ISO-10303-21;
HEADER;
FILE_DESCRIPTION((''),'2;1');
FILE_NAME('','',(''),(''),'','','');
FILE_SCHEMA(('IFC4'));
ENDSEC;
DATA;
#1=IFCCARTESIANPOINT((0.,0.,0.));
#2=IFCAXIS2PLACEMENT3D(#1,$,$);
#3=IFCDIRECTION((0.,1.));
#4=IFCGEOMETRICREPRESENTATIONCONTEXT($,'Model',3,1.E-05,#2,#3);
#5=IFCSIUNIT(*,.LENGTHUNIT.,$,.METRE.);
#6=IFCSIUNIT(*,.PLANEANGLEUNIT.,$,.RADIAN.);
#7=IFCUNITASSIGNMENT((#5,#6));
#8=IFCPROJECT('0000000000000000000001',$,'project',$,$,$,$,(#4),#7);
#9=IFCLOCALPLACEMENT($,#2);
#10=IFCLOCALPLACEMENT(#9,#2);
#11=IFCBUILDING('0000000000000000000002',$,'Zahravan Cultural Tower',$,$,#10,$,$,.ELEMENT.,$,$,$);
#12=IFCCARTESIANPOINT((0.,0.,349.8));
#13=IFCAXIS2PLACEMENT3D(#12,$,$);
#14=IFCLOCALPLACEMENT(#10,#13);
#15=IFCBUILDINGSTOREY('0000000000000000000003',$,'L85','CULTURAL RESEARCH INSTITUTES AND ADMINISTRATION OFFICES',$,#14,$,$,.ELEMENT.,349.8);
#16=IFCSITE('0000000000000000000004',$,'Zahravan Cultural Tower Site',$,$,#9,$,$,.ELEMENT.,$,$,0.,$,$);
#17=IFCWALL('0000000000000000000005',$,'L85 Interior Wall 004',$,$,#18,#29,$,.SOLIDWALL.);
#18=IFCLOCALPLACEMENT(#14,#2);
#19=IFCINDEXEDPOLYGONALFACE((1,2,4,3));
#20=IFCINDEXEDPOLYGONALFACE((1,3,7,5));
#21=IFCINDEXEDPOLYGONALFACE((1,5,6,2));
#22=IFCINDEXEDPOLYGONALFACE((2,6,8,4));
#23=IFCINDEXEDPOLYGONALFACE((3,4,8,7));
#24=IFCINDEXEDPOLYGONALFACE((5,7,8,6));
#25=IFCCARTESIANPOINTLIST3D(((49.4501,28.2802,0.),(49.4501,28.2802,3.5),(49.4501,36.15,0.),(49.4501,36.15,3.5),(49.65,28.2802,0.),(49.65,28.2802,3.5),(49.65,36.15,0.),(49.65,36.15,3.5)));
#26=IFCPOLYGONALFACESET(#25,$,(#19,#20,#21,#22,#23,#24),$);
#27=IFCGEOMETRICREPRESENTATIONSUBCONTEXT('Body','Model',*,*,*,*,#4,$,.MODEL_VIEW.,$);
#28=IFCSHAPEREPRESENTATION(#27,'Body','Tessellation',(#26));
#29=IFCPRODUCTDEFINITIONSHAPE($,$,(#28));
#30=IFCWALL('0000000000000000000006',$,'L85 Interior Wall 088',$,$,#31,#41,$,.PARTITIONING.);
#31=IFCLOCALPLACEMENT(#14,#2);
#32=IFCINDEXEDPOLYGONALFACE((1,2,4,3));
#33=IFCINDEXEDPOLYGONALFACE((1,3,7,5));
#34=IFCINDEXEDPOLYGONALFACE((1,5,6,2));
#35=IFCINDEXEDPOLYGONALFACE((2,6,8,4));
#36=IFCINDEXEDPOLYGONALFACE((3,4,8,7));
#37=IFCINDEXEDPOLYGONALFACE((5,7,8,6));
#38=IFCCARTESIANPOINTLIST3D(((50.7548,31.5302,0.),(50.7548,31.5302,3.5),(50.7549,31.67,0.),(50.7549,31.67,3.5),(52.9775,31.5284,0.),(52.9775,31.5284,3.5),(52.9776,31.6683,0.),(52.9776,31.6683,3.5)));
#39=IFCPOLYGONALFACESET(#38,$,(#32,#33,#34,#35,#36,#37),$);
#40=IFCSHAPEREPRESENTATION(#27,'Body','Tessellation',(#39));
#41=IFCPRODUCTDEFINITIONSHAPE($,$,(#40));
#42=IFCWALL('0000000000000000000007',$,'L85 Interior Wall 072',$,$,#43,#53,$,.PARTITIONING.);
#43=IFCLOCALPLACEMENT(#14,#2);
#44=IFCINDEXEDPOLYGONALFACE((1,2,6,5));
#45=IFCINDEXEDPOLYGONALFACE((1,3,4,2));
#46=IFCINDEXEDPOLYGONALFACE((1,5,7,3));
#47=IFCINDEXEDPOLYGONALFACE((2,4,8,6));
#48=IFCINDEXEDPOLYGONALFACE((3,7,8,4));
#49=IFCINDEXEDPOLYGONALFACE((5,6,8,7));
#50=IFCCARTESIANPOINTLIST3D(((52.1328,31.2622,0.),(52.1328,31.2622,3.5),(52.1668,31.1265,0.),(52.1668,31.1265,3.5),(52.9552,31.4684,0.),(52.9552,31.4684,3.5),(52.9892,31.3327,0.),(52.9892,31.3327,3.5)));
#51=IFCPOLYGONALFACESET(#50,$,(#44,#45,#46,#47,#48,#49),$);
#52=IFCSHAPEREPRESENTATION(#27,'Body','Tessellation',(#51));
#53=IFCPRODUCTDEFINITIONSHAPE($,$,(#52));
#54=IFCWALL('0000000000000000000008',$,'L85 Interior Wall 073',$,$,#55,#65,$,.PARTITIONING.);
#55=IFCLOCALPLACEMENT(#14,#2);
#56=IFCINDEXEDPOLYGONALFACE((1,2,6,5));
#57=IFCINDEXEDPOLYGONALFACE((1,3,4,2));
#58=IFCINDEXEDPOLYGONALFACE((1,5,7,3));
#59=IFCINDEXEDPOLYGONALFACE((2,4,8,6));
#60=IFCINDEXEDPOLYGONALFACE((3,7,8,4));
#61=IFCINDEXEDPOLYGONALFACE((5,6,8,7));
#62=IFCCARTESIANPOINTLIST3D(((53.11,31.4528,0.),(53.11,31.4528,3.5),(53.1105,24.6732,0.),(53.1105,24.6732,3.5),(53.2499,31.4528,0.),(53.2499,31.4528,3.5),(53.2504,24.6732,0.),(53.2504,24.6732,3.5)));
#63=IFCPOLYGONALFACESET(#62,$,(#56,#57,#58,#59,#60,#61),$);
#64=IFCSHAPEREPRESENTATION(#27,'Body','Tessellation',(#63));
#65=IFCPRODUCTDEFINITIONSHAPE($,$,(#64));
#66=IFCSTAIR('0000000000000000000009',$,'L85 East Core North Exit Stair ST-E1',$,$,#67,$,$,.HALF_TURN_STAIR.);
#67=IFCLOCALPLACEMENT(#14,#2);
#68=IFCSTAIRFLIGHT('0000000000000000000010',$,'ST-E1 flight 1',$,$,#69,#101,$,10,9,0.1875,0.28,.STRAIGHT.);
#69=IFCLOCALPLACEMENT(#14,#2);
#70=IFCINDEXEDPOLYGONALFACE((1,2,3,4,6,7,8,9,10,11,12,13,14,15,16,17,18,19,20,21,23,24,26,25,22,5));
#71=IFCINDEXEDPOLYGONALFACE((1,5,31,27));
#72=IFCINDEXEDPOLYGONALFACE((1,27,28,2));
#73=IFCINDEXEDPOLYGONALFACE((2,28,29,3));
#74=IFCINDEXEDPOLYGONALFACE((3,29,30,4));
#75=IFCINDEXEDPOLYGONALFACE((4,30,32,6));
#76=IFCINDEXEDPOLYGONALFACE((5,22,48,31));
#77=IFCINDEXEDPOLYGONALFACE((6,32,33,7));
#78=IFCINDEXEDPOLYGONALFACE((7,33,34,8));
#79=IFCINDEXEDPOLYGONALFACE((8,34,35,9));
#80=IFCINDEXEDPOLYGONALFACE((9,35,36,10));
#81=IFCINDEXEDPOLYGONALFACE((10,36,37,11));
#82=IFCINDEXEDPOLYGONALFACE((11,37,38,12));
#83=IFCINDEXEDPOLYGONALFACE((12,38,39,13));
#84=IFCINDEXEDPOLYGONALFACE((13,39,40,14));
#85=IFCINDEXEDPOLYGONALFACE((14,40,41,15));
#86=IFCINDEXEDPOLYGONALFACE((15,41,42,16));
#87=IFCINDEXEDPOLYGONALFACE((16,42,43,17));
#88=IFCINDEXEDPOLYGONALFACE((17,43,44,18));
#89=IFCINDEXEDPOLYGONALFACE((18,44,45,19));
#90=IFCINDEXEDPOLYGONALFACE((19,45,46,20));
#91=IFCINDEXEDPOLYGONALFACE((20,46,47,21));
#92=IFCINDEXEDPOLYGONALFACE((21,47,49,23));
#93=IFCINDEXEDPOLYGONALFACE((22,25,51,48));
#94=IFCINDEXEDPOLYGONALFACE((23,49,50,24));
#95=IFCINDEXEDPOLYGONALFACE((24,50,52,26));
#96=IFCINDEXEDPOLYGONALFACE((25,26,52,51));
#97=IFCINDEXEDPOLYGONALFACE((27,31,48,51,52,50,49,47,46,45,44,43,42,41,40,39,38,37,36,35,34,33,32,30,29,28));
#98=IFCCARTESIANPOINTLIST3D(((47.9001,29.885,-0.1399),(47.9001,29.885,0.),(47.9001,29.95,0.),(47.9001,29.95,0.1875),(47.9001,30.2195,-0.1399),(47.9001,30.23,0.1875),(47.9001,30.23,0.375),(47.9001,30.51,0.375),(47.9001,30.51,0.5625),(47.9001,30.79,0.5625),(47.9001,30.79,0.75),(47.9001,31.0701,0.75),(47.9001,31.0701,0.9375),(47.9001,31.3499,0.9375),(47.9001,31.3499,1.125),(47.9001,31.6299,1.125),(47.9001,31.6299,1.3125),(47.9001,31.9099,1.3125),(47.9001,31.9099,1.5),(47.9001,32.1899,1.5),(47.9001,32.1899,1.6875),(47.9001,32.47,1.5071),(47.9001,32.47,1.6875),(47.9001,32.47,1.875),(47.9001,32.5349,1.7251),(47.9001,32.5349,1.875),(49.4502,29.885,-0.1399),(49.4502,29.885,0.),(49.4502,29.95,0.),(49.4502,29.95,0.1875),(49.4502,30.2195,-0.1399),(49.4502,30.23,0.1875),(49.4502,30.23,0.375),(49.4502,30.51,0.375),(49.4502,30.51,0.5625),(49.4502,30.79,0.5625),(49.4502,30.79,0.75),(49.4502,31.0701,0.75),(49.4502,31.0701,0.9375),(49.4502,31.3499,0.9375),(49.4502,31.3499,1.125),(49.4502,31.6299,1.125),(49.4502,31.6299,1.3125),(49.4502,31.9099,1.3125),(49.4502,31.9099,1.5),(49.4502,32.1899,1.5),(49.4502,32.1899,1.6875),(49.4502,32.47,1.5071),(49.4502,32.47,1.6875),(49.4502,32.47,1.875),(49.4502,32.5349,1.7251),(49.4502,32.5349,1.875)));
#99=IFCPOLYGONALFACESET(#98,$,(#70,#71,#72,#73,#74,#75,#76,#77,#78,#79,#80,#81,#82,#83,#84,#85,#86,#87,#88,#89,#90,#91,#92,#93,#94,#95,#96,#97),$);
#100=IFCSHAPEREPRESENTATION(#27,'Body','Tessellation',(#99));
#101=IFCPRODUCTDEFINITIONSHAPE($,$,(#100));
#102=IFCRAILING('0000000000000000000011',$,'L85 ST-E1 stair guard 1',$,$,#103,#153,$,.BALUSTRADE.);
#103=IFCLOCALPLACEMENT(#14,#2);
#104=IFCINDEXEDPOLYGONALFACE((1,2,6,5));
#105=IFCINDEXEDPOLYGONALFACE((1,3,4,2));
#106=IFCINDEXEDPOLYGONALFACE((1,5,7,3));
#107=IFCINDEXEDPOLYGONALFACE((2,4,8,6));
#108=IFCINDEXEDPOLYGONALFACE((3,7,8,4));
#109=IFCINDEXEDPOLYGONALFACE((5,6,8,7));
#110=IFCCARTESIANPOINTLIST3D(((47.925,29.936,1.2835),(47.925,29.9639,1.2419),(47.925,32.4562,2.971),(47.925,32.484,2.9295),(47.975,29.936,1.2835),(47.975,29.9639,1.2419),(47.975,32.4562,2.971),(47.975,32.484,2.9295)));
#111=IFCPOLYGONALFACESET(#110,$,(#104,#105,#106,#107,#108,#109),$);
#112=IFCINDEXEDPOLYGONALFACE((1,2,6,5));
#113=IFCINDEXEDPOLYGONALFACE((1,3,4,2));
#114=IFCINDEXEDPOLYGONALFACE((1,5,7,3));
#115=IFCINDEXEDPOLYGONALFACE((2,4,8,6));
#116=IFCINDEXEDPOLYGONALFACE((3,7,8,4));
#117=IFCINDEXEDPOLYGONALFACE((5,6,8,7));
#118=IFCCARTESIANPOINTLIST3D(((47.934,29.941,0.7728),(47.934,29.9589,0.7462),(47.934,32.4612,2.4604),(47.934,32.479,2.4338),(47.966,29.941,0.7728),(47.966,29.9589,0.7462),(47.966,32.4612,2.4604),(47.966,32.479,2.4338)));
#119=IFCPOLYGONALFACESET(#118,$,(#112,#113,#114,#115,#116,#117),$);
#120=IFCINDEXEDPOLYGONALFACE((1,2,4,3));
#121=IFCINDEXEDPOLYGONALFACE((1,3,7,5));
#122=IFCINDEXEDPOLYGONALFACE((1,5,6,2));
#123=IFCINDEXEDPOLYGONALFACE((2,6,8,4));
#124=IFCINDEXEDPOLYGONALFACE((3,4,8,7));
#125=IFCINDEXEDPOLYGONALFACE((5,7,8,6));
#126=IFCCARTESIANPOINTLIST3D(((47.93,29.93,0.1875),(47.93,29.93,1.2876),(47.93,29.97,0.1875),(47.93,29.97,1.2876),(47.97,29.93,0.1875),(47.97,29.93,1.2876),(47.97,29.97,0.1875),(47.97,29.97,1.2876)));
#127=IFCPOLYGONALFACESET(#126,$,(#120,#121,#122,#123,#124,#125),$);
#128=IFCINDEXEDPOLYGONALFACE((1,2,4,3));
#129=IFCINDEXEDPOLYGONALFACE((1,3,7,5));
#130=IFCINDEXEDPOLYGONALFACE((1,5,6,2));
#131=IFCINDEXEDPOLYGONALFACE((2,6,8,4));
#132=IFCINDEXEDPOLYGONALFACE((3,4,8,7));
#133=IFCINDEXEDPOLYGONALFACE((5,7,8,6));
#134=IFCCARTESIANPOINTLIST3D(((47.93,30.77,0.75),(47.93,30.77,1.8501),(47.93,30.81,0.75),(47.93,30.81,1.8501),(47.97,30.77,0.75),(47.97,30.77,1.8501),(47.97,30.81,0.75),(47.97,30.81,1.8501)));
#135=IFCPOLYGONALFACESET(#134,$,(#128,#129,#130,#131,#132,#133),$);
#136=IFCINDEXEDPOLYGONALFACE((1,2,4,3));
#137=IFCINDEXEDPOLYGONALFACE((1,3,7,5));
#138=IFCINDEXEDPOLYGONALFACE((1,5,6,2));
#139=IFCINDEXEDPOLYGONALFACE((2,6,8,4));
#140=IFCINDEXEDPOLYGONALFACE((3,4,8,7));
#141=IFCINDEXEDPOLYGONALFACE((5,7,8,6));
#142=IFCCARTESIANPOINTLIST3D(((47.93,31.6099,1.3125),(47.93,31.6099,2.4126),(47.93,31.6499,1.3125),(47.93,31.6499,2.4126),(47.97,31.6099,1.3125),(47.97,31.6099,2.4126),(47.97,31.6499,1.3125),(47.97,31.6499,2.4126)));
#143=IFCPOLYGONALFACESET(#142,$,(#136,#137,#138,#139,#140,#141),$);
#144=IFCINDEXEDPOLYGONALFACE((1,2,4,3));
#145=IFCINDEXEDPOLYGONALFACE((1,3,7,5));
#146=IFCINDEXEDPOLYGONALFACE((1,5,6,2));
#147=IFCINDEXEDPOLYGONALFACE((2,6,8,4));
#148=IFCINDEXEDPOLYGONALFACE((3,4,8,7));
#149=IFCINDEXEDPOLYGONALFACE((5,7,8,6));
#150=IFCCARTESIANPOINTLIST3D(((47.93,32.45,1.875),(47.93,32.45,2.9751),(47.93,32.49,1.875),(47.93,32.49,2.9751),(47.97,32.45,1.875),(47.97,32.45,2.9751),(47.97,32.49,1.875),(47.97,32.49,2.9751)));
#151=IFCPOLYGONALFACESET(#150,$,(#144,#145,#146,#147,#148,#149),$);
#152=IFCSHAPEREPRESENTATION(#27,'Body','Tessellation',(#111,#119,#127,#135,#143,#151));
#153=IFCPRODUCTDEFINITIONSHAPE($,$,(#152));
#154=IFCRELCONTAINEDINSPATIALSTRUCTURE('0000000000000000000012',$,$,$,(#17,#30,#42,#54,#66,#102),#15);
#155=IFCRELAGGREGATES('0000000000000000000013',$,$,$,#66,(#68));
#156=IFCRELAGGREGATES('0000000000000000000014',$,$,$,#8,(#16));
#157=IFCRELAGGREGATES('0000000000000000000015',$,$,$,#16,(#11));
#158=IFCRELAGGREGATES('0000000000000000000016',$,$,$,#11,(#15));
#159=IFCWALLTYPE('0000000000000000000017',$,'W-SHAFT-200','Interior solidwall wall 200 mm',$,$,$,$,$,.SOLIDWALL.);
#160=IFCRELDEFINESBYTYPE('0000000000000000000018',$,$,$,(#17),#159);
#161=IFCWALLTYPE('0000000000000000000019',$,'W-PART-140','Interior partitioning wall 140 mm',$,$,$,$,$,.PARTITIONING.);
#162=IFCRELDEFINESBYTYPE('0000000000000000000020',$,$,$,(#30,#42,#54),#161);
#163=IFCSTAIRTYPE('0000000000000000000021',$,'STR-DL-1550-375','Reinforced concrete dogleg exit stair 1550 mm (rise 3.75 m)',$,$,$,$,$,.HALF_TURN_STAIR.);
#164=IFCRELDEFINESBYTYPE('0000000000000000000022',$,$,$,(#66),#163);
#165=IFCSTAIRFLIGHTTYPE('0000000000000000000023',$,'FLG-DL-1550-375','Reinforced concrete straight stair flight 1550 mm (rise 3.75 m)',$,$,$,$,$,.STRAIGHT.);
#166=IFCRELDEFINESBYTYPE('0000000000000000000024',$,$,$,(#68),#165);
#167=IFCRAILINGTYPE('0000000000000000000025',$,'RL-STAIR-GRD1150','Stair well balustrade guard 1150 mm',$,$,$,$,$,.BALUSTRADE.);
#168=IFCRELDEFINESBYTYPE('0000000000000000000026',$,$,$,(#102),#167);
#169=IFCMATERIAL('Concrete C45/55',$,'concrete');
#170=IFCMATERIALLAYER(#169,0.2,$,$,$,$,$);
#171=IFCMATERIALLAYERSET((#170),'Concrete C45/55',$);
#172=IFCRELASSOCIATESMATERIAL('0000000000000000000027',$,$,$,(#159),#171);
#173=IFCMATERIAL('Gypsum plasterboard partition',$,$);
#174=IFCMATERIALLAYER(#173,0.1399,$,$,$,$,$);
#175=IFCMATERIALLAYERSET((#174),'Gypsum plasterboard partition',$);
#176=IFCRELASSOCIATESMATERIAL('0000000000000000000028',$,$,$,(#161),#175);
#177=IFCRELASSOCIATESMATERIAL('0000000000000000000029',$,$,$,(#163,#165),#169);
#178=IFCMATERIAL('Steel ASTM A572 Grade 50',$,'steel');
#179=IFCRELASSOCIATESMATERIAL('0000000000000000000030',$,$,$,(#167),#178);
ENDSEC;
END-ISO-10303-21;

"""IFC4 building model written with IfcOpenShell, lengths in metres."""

from ifc_helpers import new_model, si_unit, direction, frame, frame_2d, origin, origin_2d, place, context, subcontext, project, spatial, polyline, rectangle, outline, extrude, source, transform, mapped, material, layer, layer_set, type_object, element, aggregate, save


model = new_model("IFC4")

# Units and contexts
model_context = context("Model", 3, precision=1e-05, world=origin(), true_north=direction((0.0, 1.0)))
body_context = subcontext(model_context, "Body", "Model", "MODEL_VIEW")
ifc_project = project(units=[si_unit("LENGTHUNIT", "METRE"), si_unit("PLANEANGLEUNIT", "RADIAN")], contexts=[model_context])

# Site, building, storey
site_placement = place(None, origin())
site = spatial("IfcSite", under=ifc_project, at=site_placement, Name="Zahravan Cultural Tower Site", CompositionType="ELEMENT", RefElevation=0.0)
building_placement = place(site_placement, origin())
building = spatial("IfcBuilding", under=site, at=building_placement, Name="Zahravan Cultural Tower", CompositionType="ELEMENT")
storey_placement = place(building_placement, frame((0.0, 0.0, 349.8)))
storey = spatial("IfcBuildingStorey", under=building, at=storey_placement, Name="L85", Description="CULTURAL RESEARCH INSTITUTES AND ADMINISTRATION OFFICES", CompositionType="ELEMENT", Elevation=349.8)

# Walls
ifc_material_1 = material(Name="Concrete C45/55", Category="concrete")
ifc_layer_1 = layer(ifc_material_1, 0.2)
ifc_layer_set_1 = layer_set([ifc_layer_1], Name="Concrete C45/55")
wall_type_1 = type_object("IfcWallType", Name="W-SHAFT-200", Description="Interior solidwall wall 200 mm", PredefinedType="SOLIDWALL", material=ifc_layer_set_1)
shared_shape_1 = source(origin(), body_context, "Body", "SweptSolid", [
    extrude(rectangle(XDim=7.8699, YDim=0.2, at=frame_2d((3.9351, 0.0))), origin(), (0.0, 0.0, 1.0), 3.5),
])
wall_1_placement = place(storey_placement, frame((49.55, 28.28, 0.0), z_axis=(0.0, 0.0, 1.0), x_axis=(0.0, 1.0, 0.0)))
element("IfcWall", 1, at=wall_1_placement, inside=storey, type_object=wall_type_1, Name="L85 Interior Wall 004", PredefinedType="SOLIDWALL", context=body_context, shape_type="MappedRepresentation", body=[
    mapped(shared_shape_1, transform((0.0, 0.0, 0.0), x_axis=(1.0, 0.0, 0.0), y_axis=(0.0, 1.0, 0.0), z_axis=(0.0, 0.0, 1.0), scale=1.0)),
])
ifc_material_2 = material(Name="Gypsum plasterboard partition")
ifc_layer_2 = layer(ifc_material_2, 0.1399)
ifc_layer_set_2 = layer_set([ifc_layer_2], Name="Gypsum plasterboard partition")
wall_type_2 = type_object("IfcWallType", Name="W-PART-140", Description="Interior partitioning wall 140 mm", PredefinedType="PARTITIONING", material=ifc_layer_set_2)
shared_shape_2 = source(origin(), body_context, "Body", "SweptSolid", [
    extrude(rectangle(XDim=2.2227, YDim=0.1399, at=frame_2d((1.1113, 0.0))), origin(), (0.0, 0.0, 1.0), 3.5),
])
wall_2_placement = place(storey_placement, frame((52.9775, 31.5984, 0.0), z_axis=(0.0, 0.0, 1.0), x_axis=(-1.0, 0.000769, 0.0)))
element("IfcWall", 2, at=wall_2_placement, inside=storey, type_object=wall_type_2, Name="L85 Interior Wall 088", PredefinedType="PARTITIONING", context=body_context, shape_type="MappedRepresentation", body=[
    mapped(shared_shape_2, transform((0.0, 0.0, 0.0), x_axis=(1.0, 0.0, 0.0), y_axis=(0.0, 1.0, 0.0), z_axis=(0.0, 0.0, 1.0), scale=1.0)),
])
shared_shape_3 = source(origin(), body_context, "Body", "SweptSolid", [
    extrude(rectangle(XDim=0.8479, YDim=0.1399, at=frame_2d((0.4238, 0.0))), origin(), (0.0, 0.0, 1.0), 3.5),
])
wall_3_placement = place(storey_placement, frame((52.1499, 31.1943, 0.0), z_axis=(0.0, 0.0, 1.0), x_axis=(0.969956, 0.243281, 0.0)))
element("IfcWall", 3, at=wall_3_placement, inside=storey, type_object=wall_type_2, Name="L85 Interior Wall 072", PredefinedType="PARTITIONING", context=body_context, shape_type="MappedRepresentation", body=[
    mapped(shared_shape_3, transform((0.0, 0.0, 0.0), x_axis=(1.0, 0.0, 0.0), y_axis=(0.0, 1.0, 0.0), z_axis=(0.0, 0.0, 1.0), scale=1.0)),
])
shared_shape_4 = source(origin(), body_context, "Body", "SweptSolid", [
    extrude(rectangle(XDim=6.7795, YDim=0.1399, at=frame_2d((3.3896, 0.0))), origin(), (0.0, 0.0, 1.0), 3.5),
])
wall_4_placement = place(storey_placement, frame((53.1799, 31.4526, 0.0), z_axis=(0.0, 0.0, 1.0), x_axis=(0.000072, -1.0, 0.0)))
element("IfcWall", 4, at=wall_4_placement, inside=storey, type_object=wall_type_2, Name="L85 Interior Wall 073", PredefinedType="PARTITIONING", context=body_context, shape_type="MappedRepresentation", body=[
    mapped(shared_shape_4, transform((0.0, 0.0, 0.0), x_axis=(1.0, 0.0, 0.0), y_axis=(0.0, 1.0, 0.0), z_axis=(0.0, 0.0, 1.0), scale=1.0)),
])

# Stair, stair flight
stair_type = type_object("IfcStairType", Name="STR-DL-1550-375", Description="Reinforced concrete dogleg exit stair 1550 mm (rise 3.75 m)", PredefinedType="HALF_TURN_STAIR", material=ifc_material_1)
stair_placement = place(storey_placement, origin())
stair = element("IfcStair", 5, at=stair_placement, inside=storey, type_object=stair_type, Name="L85 East Core North Exit Stair ST-E1", PredefinedType="HALF_TURN_STAIR")
stair_flight_type = type_object("IfcStairFlightType", Name="FLG-DL-1550-375", Description="Reinforced concrete straight stair flight 1550 mm (rise 3.75 m)", PredefinedType="STRAIGHT", material=ifc_material_1)
stair_flight_placement = place(storey_placement, frame((48.675, 29.95, 0.0), z_axis=(0.0, 0.0, 1.0), x_axis=(0.0, 1.0, 0.0)))
stair_flight = element("IfcStairFlight", 6, at=stair_flight_placement, type_object=stair_flight_type, Name="ST-E1 flight 1", NumberOfRisers=10, NumberOfTreads=9, PredefinedType="STRAIGHT", RiserHeight=0.1875, TreadLength=0.28, context=body_context, shape_type="SweptSolid", body=[
    extrude(outline(polyline([(-0.0649, -0.1399), (-0.0649, 0.0), (0.0, 0.0), (0.0, 0.1875), (0.28, 0.1875), (0.28, 0.375), (0.5601, 0.375), (0.5601, 0.5625), (0.8401, 0.5625), (0.8401, 0.75), (1.1201, 0.75), (1.1201, 0.9375), (1.3999, 0.9375), (1.3999, 1.125), (1.6799, 1.125), (1.6799, 1.3125), (1.96, 1.3125), (1.96, 1.5), (2.24, 1.5), (2.24, 1.6875), (2.52, 1.6875), (2.52, 1.875), (2.585, 1.875), (2.585, 1.7251), (2.52, 1.5071), (0.2695, -0.1399), (-0.0649, -0.1399)])), frame((0.0, 0.7749, 0.0), z_axis=(0.0, -1.0, 0.0), x_axis=(1.0, 0.0, 0.0)), (0.0, 0.0, 1.0), 1.55),
])
aggregate(stair, [stair_flight])

# Railing
ifc_material_3 = material(Name="Steel ASTM A572 Grade 50", Category="steel")
railing_type_1 = type_object("IfcRailingType", Name="RL-STAIR-GRD1150", Description="Stair well balustrade guard 1150 mm", PredefinedType="BALUSTRADE", material=ifc_material_3)
railing_1_placement = place(storey_placement, frame((47.95, 29.95, 0.1875)))
element("IfcRailing", 7, at=railing_1_placement, inside=storey, type_object=railing_type_1, Name="L85 ST-E1 stair guard 1", PredefinedType="BALUSTRADE", context=body_context, shape_type="SweptSolid", body=[
    extrude(rectangle(XDim=0.05, YDim=0.05, at=origin_2d()), frame((0.0, 0.0, 1.0752), z_axis=(0.0, 0.830909, 0.556408), x_axis=(-1.0, 0.0, 0.0)), (0.0, 0.0, 1.0), 3.033),
    extrude(rectangle(XDim=0.032, YDim=0.032, at=origin_2d()), frame((0.0, 0.0, 0.572), z_axis=(0.0, 0.830909, 0.556408), x_axis=(-1.0, 0.0, 0.0)), (0.0, 0.0, 1.0), 3.033),
    extrude(rectangle(XDim=0.04, YDim=0.04, at=origin_2d()), origin(), (0.0, 0.0, 1.0), 1.1001),
    extrude(rectangle(XDim=0.04, YDim=0.04, at=origin_2d()), frame((0.0, 0.8401, 0.5625)), (0.0, 0.0, 1.0), 1.1001),
    extrude(rectangle(XDim=0.04, YDim=0.04, at=origin_2d()), frame((0.0, 1.6799, 1.125)), (0.0, 0.0, 1.0), 1.1001),
    extrude(rectangle(XDim=0.04, YDim=0.04, at=origin_2d()), frame((0.0, 2.52, 1.6875)), (0.0, 0.0, 1.0), 1.1001),
])

save(model, "model.ifc")
